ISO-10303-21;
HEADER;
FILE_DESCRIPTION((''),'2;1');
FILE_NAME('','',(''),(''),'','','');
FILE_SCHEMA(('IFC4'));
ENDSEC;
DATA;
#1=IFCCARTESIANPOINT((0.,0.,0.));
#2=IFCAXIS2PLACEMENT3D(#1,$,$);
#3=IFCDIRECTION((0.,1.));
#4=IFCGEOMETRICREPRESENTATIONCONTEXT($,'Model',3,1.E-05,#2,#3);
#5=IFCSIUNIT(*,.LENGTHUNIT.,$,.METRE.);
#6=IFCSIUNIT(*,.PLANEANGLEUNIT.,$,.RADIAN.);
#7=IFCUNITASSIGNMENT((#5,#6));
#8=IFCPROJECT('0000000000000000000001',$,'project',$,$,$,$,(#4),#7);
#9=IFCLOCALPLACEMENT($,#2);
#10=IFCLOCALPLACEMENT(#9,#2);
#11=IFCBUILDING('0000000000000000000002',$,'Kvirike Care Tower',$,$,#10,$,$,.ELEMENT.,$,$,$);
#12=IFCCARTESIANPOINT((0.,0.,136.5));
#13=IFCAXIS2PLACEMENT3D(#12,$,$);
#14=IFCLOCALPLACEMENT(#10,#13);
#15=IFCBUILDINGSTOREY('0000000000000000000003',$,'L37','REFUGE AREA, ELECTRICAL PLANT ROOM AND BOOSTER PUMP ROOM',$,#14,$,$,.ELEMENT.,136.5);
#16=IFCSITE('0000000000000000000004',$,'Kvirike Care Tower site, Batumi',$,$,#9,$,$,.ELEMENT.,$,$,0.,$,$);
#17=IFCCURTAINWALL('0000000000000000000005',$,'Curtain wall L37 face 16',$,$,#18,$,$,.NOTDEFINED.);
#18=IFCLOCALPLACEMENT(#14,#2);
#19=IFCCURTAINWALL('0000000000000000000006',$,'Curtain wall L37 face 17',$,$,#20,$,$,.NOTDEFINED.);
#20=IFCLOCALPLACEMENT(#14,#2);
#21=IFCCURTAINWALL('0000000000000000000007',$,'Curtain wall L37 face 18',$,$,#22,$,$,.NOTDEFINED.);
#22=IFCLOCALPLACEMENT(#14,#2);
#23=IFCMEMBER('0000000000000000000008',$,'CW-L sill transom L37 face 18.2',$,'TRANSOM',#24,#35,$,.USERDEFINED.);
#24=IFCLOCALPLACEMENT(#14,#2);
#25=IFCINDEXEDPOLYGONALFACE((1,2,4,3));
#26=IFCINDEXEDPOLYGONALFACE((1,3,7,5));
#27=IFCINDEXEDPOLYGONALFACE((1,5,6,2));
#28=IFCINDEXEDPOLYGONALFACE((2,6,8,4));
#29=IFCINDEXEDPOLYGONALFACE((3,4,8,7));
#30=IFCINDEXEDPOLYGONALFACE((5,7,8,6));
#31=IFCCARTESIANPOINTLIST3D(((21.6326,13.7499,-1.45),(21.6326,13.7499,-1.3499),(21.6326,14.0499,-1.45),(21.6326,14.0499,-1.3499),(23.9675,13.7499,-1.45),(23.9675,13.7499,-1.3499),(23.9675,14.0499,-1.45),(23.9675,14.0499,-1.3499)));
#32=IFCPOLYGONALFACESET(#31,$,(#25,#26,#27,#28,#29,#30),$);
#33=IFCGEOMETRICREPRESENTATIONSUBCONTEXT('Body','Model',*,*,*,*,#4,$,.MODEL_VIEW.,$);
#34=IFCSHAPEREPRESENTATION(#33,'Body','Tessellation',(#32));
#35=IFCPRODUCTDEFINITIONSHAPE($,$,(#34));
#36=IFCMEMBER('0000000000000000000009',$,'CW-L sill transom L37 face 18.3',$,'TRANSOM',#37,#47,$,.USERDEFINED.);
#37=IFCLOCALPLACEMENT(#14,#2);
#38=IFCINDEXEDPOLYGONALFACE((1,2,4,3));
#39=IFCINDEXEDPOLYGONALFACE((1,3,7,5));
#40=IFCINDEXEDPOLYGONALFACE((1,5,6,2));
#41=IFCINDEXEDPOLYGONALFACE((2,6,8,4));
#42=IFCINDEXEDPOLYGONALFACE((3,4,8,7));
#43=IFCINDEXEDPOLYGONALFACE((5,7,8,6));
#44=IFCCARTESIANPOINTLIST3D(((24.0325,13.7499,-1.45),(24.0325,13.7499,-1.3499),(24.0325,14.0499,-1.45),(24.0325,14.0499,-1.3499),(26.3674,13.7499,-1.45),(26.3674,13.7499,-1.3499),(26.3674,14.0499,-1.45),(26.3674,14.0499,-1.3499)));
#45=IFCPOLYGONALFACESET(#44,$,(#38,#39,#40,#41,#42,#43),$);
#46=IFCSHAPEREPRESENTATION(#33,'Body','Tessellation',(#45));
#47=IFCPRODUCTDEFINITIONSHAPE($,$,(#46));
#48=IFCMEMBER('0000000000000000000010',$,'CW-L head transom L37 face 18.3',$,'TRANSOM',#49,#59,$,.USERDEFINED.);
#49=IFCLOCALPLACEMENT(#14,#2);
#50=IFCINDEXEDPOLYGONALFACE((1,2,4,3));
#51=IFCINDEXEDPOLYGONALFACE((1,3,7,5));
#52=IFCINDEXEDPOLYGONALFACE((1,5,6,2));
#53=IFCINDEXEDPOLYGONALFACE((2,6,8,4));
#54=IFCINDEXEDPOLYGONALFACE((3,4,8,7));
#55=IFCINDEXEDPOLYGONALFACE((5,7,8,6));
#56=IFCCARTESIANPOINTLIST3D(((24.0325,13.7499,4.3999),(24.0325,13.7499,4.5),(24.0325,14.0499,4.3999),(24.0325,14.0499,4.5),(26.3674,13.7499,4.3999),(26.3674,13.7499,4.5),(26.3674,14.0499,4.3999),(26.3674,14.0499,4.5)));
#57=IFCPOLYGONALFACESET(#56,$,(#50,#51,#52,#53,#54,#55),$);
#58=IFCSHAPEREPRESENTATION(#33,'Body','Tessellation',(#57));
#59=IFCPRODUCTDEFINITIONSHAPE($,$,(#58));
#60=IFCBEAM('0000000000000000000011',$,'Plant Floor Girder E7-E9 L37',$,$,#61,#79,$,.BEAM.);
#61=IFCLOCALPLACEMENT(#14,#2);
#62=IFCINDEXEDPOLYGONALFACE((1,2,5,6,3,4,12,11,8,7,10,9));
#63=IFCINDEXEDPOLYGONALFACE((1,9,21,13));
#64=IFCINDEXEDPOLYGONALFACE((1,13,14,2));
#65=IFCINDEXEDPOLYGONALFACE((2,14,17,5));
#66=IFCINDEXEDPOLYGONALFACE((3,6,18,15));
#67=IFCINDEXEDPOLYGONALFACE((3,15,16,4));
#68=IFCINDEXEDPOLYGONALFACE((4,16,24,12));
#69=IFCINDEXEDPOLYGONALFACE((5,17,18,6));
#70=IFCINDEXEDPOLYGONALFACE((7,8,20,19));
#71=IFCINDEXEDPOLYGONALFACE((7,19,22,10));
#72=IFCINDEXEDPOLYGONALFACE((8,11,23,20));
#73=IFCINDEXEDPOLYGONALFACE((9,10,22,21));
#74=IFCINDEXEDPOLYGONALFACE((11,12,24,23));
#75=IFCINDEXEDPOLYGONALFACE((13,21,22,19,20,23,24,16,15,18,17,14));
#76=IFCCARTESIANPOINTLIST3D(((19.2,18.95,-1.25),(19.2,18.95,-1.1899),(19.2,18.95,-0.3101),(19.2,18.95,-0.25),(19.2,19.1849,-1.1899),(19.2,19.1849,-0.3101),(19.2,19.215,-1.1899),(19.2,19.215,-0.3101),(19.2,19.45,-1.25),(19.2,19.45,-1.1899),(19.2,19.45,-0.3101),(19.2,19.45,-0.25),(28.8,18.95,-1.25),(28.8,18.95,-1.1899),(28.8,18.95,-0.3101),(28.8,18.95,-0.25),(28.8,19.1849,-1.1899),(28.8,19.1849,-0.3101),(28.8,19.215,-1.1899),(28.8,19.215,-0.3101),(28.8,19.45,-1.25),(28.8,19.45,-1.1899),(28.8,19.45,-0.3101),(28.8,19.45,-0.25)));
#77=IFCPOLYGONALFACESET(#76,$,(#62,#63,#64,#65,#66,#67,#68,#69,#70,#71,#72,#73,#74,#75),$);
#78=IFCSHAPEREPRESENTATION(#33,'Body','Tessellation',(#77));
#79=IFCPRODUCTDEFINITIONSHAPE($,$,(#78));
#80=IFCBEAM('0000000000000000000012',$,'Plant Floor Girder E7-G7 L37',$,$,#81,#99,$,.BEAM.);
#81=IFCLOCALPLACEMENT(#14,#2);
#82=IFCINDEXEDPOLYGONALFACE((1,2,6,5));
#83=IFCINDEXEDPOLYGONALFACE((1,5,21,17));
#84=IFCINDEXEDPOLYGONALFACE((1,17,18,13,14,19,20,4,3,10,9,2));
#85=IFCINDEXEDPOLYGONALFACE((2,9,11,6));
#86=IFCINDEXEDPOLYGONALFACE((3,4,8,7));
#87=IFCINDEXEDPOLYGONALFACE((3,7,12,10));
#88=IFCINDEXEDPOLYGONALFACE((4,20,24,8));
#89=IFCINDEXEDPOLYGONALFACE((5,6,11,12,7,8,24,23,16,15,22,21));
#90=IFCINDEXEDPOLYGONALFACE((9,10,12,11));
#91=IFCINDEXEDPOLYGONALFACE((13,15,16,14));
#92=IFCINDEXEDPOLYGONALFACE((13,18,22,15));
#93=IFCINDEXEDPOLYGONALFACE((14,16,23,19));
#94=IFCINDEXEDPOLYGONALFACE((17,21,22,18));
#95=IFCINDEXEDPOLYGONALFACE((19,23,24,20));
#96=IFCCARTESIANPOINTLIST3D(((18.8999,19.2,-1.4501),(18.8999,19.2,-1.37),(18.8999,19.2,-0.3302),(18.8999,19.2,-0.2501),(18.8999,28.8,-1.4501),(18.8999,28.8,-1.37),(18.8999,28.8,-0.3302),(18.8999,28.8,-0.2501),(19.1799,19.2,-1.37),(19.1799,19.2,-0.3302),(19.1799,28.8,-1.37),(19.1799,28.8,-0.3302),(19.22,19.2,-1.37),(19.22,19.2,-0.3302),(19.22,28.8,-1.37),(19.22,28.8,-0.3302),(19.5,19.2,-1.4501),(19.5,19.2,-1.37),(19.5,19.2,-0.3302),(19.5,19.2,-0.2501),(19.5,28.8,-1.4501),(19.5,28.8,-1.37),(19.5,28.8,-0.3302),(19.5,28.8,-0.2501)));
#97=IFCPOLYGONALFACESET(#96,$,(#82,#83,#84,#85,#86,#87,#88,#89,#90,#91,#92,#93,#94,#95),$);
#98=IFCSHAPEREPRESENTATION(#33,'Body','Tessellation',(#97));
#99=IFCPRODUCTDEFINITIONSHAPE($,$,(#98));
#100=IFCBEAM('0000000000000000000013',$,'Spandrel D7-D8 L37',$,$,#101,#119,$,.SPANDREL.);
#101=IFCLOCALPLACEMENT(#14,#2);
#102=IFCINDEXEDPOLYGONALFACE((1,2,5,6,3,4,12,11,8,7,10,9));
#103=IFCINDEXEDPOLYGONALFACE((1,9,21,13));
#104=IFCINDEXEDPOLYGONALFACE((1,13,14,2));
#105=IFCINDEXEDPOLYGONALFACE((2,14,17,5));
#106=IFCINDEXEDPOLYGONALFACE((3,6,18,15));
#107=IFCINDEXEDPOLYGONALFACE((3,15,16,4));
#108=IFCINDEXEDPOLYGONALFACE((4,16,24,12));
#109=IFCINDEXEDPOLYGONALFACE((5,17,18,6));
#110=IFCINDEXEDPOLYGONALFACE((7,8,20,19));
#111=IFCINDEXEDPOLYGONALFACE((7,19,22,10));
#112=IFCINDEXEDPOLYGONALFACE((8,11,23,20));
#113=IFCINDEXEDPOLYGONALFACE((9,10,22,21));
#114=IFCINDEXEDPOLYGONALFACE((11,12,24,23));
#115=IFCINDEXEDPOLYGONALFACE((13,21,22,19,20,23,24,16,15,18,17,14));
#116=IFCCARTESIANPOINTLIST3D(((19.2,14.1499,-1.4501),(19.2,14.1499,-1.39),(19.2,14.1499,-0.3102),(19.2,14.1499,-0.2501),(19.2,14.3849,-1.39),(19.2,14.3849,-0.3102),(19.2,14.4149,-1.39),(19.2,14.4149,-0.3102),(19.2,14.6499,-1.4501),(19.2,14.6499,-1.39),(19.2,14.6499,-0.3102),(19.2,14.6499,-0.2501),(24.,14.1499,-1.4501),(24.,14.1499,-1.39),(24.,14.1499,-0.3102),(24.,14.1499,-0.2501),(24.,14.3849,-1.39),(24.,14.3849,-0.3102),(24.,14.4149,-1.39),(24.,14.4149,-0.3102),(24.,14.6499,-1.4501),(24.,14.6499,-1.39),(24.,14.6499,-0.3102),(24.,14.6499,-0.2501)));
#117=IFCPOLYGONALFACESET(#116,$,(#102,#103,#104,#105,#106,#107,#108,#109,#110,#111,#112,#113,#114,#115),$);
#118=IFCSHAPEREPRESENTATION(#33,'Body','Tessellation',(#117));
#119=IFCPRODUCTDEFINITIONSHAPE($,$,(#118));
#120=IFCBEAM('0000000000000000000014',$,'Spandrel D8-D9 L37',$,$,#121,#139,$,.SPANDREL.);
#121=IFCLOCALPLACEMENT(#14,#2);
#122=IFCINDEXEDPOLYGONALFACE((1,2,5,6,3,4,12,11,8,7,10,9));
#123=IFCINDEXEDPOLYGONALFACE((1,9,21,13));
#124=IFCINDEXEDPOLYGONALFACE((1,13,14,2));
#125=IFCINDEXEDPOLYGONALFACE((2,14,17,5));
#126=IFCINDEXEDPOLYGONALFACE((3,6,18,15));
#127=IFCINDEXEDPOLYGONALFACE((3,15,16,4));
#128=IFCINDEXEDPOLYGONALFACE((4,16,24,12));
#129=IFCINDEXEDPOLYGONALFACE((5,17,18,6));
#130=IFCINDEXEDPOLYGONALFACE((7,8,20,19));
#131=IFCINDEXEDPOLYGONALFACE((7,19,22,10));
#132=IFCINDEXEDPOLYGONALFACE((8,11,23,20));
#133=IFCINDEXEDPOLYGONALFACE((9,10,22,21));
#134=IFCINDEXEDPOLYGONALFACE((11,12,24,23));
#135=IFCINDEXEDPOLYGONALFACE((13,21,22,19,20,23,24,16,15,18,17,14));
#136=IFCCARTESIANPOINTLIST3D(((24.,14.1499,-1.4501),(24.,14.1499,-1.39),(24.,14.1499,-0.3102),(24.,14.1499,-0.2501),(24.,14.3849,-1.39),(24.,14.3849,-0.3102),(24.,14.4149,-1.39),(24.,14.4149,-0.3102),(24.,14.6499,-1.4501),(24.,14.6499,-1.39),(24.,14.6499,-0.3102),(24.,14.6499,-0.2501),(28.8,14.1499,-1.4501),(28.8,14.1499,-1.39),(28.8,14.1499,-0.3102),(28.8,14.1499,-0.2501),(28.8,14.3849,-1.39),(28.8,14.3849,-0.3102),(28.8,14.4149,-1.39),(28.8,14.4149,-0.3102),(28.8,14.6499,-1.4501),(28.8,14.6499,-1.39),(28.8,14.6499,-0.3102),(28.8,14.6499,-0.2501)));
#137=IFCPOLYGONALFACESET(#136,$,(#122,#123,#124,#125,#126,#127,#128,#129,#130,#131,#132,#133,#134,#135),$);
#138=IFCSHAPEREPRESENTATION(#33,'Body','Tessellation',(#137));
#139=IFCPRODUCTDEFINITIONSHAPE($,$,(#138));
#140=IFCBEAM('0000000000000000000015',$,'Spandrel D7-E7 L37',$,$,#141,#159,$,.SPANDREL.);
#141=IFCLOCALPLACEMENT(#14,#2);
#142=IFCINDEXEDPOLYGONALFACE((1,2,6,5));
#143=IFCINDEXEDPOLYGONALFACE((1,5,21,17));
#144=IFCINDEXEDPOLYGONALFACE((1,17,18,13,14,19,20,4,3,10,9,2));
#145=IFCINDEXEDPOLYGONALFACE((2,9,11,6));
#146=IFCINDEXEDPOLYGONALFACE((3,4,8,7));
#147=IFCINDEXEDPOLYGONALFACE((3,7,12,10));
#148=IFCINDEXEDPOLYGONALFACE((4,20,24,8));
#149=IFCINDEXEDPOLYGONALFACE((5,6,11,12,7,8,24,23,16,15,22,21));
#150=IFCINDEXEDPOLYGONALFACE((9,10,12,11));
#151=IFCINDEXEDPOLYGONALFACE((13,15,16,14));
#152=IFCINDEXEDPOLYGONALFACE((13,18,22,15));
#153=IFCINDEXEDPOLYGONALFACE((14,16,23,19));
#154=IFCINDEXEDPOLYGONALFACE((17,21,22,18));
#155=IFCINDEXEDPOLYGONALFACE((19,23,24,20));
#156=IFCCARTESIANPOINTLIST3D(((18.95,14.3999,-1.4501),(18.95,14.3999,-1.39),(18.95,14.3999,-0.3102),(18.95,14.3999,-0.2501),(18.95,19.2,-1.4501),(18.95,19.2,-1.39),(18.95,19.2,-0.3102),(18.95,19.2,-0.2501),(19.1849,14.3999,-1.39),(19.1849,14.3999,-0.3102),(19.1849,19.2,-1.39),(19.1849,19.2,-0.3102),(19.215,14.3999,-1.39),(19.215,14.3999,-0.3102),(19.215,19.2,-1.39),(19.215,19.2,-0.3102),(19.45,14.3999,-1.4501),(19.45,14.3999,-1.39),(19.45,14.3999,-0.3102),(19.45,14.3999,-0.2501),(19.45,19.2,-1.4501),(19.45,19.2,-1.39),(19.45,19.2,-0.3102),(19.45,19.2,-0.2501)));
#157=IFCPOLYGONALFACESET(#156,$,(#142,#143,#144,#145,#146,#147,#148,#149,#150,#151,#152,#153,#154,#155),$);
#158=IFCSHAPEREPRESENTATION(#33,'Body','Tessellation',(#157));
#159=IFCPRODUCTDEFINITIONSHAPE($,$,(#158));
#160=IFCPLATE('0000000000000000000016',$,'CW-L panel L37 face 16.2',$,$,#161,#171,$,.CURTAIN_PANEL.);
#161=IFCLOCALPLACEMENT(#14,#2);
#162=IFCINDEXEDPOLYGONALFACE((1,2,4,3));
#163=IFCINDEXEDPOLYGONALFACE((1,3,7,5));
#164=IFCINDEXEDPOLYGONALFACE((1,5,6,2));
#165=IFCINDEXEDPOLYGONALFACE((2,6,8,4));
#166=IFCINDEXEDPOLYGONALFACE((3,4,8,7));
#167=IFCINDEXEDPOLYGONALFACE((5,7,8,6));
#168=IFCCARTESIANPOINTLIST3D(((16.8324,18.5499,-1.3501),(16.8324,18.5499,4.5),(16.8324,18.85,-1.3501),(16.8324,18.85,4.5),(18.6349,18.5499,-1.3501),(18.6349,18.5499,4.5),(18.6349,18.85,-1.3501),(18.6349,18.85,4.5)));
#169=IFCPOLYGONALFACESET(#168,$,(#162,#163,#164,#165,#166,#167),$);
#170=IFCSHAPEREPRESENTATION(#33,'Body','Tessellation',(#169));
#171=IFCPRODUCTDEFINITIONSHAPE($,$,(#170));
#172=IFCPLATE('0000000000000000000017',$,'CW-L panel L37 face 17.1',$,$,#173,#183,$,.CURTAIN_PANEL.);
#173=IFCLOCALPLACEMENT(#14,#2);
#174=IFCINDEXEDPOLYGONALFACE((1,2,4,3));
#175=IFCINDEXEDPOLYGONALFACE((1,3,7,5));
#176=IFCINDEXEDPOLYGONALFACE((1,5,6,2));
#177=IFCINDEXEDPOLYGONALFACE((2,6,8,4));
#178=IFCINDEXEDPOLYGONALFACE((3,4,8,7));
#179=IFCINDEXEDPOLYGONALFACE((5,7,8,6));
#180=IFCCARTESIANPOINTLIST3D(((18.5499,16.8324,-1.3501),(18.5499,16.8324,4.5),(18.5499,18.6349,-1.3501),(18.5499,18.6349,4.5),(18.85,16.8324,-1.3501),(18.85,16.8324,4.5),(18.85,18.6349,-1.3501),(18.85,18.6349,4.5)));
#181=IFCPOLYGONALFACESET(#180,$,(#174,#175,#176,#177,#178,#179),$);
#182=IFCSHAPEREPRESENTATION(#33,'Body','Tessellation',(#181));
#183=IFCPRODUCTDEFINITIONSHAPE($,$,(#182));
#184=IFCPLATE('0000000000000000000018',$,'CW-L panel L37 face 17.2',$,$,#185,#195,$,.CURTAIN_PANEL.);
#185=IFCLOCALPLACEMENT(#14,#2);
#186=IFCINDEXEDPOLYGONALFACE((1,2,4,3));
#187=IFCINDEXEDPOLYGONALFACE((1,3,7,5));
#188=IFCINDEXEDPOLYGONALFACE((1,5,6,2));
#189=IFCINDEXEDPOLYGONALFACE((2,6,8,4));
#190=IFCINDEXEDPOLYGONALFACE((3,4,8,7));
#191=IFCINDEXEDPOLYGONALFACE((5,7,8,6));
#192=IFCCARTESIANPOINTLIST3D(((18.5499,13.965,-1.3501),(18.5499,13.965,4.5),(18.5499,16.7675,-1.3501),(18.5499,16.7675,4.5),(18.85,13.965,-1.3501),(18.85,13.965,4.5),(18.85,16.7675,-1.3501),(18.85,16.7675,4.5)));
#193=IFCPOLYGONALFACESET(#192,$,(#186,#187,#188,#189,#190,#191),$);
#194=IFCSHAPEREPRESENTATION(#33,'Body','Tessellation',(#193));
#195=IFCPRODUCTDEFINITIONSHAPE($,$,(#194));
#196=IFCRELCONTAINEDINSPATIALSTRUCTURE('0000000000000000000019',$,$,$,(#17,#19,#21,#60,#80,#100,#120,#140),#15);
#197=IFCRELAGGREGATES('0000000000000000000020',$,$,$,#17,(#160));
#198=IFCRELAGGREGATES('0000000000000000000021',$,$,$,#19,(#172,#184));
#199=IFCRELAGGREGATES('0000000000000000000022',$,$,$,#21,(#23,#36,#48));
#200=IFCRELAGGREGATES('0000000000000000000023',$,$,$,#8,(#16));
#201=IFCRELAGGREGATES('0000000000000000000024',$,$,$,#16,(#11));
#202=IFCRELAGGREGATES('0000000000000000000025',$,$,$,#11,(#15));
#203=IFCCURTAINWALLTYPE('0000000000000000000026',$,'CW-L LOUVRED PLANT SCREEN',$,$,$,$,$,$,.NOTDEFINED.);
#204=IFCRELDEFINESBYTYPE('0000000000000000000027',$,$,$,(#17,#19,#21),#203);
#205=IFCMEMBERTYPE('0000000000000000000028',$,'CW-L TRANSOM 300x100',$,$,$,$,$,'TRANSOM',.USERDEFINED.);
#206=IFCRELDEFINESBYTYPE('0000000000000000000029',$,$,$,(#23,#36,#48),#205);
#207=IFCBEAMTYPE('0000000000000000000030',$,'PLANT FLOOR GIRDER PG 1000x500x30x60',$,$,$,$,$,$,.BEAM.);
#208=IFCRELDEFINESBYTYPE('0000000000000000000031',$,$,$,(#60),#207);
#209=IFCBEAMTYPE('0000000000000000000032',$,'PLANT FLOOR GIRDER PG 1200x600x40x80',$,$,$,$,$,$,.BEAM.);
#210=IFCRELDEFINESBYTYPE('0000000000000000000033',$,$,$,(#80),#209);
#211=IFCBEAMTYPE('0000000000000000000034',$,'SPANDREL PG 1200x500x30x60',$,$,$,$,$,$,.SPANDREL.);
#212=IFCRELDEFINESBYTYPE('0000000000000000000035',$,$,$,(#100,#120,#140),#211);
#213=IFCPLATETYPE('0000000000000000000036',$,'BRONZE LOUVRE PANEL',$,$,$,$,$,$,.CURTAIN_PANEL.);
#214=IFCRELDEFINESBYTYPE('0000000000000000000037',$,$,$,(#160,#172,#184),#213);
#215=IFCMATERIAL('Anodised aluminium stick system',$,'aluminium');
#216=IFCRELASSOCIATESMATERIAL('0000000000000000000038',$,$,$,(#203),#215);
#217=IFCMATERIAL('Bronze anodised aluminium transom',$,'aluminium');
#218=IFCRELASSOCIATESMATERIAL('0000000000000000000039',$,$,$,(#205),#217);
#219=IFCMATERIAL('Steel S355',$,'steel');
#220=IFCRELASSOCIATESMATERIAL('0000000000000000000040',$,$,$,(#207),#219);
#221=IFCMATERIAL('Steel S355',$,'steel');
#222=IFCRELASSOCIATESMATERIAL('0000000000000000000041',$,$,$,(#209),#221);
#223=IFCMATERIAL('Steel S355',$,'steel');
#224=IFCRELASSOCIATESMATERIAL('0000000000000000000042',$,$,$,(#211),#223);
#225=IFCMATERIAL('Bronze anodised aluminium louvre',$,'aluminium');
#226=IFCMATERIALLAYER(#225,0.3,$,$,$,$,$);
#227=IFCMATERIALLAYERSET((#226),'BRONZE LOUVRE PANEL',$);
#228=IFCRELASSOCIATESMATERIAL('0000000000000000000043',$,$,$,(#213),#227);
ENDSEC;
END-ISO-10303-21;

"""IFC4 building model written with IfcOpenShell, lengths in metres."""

from ifc_helpers import new_model, si_unit, direction, frame, origin, origin_2d, place, context, subcontext, project, spatial, rectangle, i_section, extrude, material, layer, layer_set, material_profile, profile_set, type_object, element, aggregate, save


model = new_model("IFC4")

# Units and contexts
model_context = context("Model", 3, precision=1e-05, world=origin(), true_north=direction((0.0, 1.0)))
body_context = subcontext(model_context, "Body", "Model", "MODEL_VIEW")
ifc_project = project(units=[si_unit("LENGTHUNIT", "METRE"), si_unit("PLANEANGLEUNIT", "RADIAN")], contexts=[model_context])

# Site, building, storey
site_placement = place(None, origin())
site = spatial("IfcSite", under=ifc_project, at=site_placement, Name="Kvirike Care Tower site, Batumi", CompositionType="ELEMENT", RefElevation=0.0)
building_placement = place(site_placement, origin())
building = spatial("IfcBuilding", under=site, at=building_placement, Name="Kvirike Care Tower", CompositionType="ELEMENT")
storey_placement = place(building_placement, frame((0.0, 0.0, 136.5)))
storey = spatial("IfcBuildingStorey", under=building, at=storey_placement, Name="L37", Description="REFUGE AREA, ELECTRICAL PLANT ROOM AND BOOSTER PUMP ROOM", CompositionType="ELEMENT", Elevation=136.5)

# Curtain wall
ifc_material_1 = material(Name="Anodised aluminium stick system", Category="aluminium")
curtain_wall_type = type_object("IfcCurtainWallType", Name="CW-L LOUVRED PLANT SCREEN", PredefinedType="NOTDEFINED", material=ifc_material_1)
curtain_wall_1_placement = place(storey_placement, origin())
curtain_wall_1 = element("IfcCurtainWall", 1, at=curtain_wall_1_placement, inside=storey, type_object=curtain_wall_type, Name="Curtain wall L37 face 16", PredefinedType="NOTDEFINED")

# Curtain walls
curtain_wall_2_placement = place(storey_placement, origin())
curtain_wall_2 = element("IfcCurtainWall", 2, at=curtain_wall_2_placement, inside=storey, type_object=curtain_wall_type, Name="Curtain wall L37 face 17", PredefinedType="NOTDEFINED")
curtain_wall_3_placement = place(storey_placement, origin())
curtain_wall_3 = element("IfcCurtainWall", 3, at=curtain_wall_3_placement, inside=storey, type_object=curtain_wall_type, Name="Curtain wall L37 face 18", PredefinedType="NOTDEFINED")

# Members
ifc_material_2 = material(Name="Bronze anodised aluminium transom", Category="aluminium")
ifc_material_profile_1 = material_profile(ifc_material_2, rectangle(XDim=0.3, YDim=0.1001, at=origin_2d()), Name="CW-L TRANSOM 300x100")
ifc_profile_set_1 = profile_set([ifc_material_profile_1], Name="Bronze anodised aluminium transom")
member_type_1 = type_object("IfcMemberType", Name="CW-L TRANSOM 300x100", ElementType="TRANSOM", PredefinedType="USERDEFINED", material=ifc_profile_set_1)
member_1_placement = place(storey_placement, frame((21.6326, 13.8999, -1.3999), z_axis=(1.0, 0.0, 0.0), x_axis=(0.0, 1.0, 0.0)))
member_1 = element("IfcMember", 4, at=member_1_placement, type_object=member_type_1, Name="CW-L sill transom L37 face 18.2", ObjectType="TRANSOM", PredefinedType="USERDEFINED", context=body_context, shape_type="SweptSolid", body=[
    extrude(rectangle(XDim=0.3, YDim=0.1001, at=origin_2d()), origin(), (0.0, 0.0, 1.0), 2.335),
])
member_2_placement = place(storey_placement, frame((24.0325, 13.8999, -1.3999), z_axis=(1.0, 0.0, 0.0), x_axis=(0.0, 1.0, 0.0)))
member_2 = element("IfcMember", 5, at=member_2_placement, type_object=member_type_1, Name="CW-L sill transom L37 face 18.3", ObjectType="TRANSOM", PredefinedType="USERDEFINED", context=body_context, shape_type="SweptSolid", body=[
    extrude(rectangle(XDim=0.3, YDim=0.1001, at=origin_2d()), origin(), (0.0, 0.0, 1.0), 2.335),
])
member_3_placement = place(storey_placement, frame((24.0325, 13.8999, 4.45), z_axis=(1.0, 0.0, 0.0), x_axis=(0.0, 1.0, 0.0)))
member_3 = element("IfcMember", 6, at=member_3_placement, type_object=member_type_1, Name="CW-L head transom L37 face 18.3", ObjectType="TRANSOM", PredefinedType="USERDEFINED", context=body_context, shape_type="SweptSolid", body=[
    extrude(rectangle(XDim=0.3, YDim=0.1001, at=origin_2d()), origin(), (0.0, 0.0, 1.0), 2.335),
])

# Beams
ifc_material_3 = material(Name="Steel S355", Category="steel")
ifc_material_profile_2 = material_profile(ifc_material_3, i_section(OverallWidth=0.5, OverallDepth=1.0, WebThickness=0.03, FlangeThickness=0.0601, at=origin_2d()), Name="PG 1000x500x30x60")
ifc_profile_set_2 = profile_set([ifc_material_profile_2], Name="Steel S355")
beam_type_1 = type_object("IfcBeamType", Name="PLANT FLOOR GIRDER PG 1000x500x30x60", PredefinedType="BEAM", material=ifc_profile_set_2)
beam_1_placement = place(storey_placement, frame((19.2, 19.2, -0.75), z_axis=(1.0, 0.0, 0.0), x_axis=(0.0, 1.0, 0.0)))
element("IfcBeam", 7, at=beam_1_placement, inside=storey, type_object=beam_type_1, Name="Plant Floor Girder E7-E9 L37", PredefinedType="BEAM", context=body_context, shape_type="SweptSolid", body=[
    extrude(i_section(OverallWidth=0.5, OverallDepth=1.0, WebThickness=0.03, FlangeThickness=0.0601, at=origin_2d()), origin(), (0.0, 0.0, 1.0), 9.6001),
])
ifc_material_4 = material(Name="Steel S355", Category="steel")
ifc_material_profile_3 = material_profile(ifc_material_4, i_section(OverallWidth=0.6001, OverallDepth=1.2, WebThickness=0.04, FlangeThickness=0.0801, at=origin_2d()), Name="PG 1200x600x40x80")
ifc_profile_set_3 = profile_set([ifc_material_profile_3], Name="Steel S355")
beam_type_2 = type_object("IfcBeamType", Name="PLANT FLOOR GIRDER PG 1200x600x40x80", PredefinedType="BEAM", material=ifc_profile_set_3)
beam_2_placement = place(storey_placement, frame((19.2, 19.2, -0.8501), z_axis=(0.0, 1.0, 0.0), x_axis=(-1.0, 0.0, 0.0)))
element("IfcBeam", 8, at=beam_2_placement, inside=storey, type_object=beam_type_2, Name="Plant Floor Girder E7-G7 L37", PredefinedType="BEAM", context=body_context, shape_type="SweptSolid", body=[
    extrude(i_section(OverallWidth=0.6001, OverallDepth=1.2, WebThickness=0.04, FlangeThickness=0.0801, at=origin_2d()), origin(), (0.0, 0.0, 1.0), 9.6001),
])
ifc_material_5 = material(Name="Steel S355", Category="steel")
ifc_material_profile_4 = material_profile(ifc_material_5, i_section(OverallWidth=0.5, OverallDepth=1.2, WebThickness=0.03, FlangeThickness=0.0601, at=origin_2d()), Name="PG 1200x500x30x60")
ifc_profile_set_4 = profile_set([ifc_material_profile_4], Name="Steel S355")
beam_type_3 = type_object("IfcBeamType", Name="SPANDREL PG 1200x500x30x60", PredefinedType="SPANDREL", material=ifc_profile_set_4)
for number, where, z_axis, x_axis, name in (
    (9, (19.2, 14.3999, -0.8501), (1.0, 0.0, 0.0), (0.0, 1.0, 0.0), "Spandrel D7-D8 L37"),
    (10, (24.0, 14.3999, -0.8501), (1.0, 0.0, 0.0), (0.0, 1.0, 0.0), "Spandrel D8-D9 L37"),
    (11, (19.2, 14.3999, -0.8501), (0.0, 1.0, 0.0), (-1.0, 0.0, 0.0), "Spandrel D7-E7 L37"),
):
    element("IfcBeam", number, at=place(storey_placement, frame(where, z_axis=z_axis, x_axis=x_axis)), inside=storey, type_object=beam_type_3, Name=name, PredefinedType="SPANDREL", context=body_context, shape_type="SweptSolid", body=[
        extrude(i_section(OverallWidth=0.5, OverallDepth=1.2, WebThickness=0.03, FlangeThickness=0.0601, at=origin_2d()), origin(), (0.0, 0.0, 1.0), 4.8),
    ])

# Plates
ifc_material_6 = material(Name="Bronze anodised aluminium louvre", Category="aluminium")
ifc_layer_1 = layer(ifc_material_6, 0.3)
ifc_layer_set_1 = layer_set([ifc_layer_1], Name="BRONZE LOUVRE PANEL")
plate_type = type_object("IfcPlateType", Name="BRONZE LOUVRE PANEL", PredefinedType="CURTAIN_PANEL", material=ifc_layer_set_1)
plate_1_placement = place(storey_placement, frame((17.7336, 18.7, -1.3501), z_axis=(0.0, 0.0, 1.0), x_axis=(1.0, 0.0, 0.0)))
plate_1 = element("IfcPlate", 12, at=plate_1_placement, type_object=plate_type, Name="CW-L panel L37 face 16.2", PredefinedType="CURTAIN_PANEL", context=body_context, shape_type="SweptSolid", body=[
    extrude(rectangle(XDim=1.8025, YDim=0.3, at=origin_2d()), origin(), (0.0, 0.0, 1.0), 5.8501),
])
aggregate(curtain_wall_1, [plate_1])
plate_2_placement = place(storey_placement, frame((18.7, 17.7336, -1.3501), z_axis=(0.0, 0.0, 1.0), x_axis=(0.0, -1.0, 0.0)))
plate_2 = element("IfcPlate", 13, at=plate_2_placement, type_object=plate_type, Name="CW-L panel L37 face 17.1", PredefinedType="CURTAIN_PANEL", context=body_context, shape_type="SweptSolid", body=[
    extrude(rectangle(XDim=1.8025, YDim=0.3, at=origin_2d()), origin(), (0.0, 0.0, 1.0), 5.8501),
])
plate_3_placement = place(storey_placement, frame((18.7, 15.3662, -1.3501), z_axis=(0.0, 0.0, 1.0), x_axis=(0.0, -1.0, 0.0)))
plate_3 = element("IfcPlate", 14, at=plate_3_placement, type_object=plate_type, Name="CW-L panel L37 face 17.2", PredefinedType="CURTAIN_PANEL", context=body_context, shape_type="SweptSolid", body=[
    extrude(rectangle(XDim=2.8025, YDim=0.3, at=origin_2d()), origin(), (0.0, 0.0, 1.0), 5.8501),
])
aggregate(curtain_wall_2, [plate_2, plate_3])
aggregate(curtain_wall_3, [member_1, member_2, member_3])

save(model, "model.ifc")
